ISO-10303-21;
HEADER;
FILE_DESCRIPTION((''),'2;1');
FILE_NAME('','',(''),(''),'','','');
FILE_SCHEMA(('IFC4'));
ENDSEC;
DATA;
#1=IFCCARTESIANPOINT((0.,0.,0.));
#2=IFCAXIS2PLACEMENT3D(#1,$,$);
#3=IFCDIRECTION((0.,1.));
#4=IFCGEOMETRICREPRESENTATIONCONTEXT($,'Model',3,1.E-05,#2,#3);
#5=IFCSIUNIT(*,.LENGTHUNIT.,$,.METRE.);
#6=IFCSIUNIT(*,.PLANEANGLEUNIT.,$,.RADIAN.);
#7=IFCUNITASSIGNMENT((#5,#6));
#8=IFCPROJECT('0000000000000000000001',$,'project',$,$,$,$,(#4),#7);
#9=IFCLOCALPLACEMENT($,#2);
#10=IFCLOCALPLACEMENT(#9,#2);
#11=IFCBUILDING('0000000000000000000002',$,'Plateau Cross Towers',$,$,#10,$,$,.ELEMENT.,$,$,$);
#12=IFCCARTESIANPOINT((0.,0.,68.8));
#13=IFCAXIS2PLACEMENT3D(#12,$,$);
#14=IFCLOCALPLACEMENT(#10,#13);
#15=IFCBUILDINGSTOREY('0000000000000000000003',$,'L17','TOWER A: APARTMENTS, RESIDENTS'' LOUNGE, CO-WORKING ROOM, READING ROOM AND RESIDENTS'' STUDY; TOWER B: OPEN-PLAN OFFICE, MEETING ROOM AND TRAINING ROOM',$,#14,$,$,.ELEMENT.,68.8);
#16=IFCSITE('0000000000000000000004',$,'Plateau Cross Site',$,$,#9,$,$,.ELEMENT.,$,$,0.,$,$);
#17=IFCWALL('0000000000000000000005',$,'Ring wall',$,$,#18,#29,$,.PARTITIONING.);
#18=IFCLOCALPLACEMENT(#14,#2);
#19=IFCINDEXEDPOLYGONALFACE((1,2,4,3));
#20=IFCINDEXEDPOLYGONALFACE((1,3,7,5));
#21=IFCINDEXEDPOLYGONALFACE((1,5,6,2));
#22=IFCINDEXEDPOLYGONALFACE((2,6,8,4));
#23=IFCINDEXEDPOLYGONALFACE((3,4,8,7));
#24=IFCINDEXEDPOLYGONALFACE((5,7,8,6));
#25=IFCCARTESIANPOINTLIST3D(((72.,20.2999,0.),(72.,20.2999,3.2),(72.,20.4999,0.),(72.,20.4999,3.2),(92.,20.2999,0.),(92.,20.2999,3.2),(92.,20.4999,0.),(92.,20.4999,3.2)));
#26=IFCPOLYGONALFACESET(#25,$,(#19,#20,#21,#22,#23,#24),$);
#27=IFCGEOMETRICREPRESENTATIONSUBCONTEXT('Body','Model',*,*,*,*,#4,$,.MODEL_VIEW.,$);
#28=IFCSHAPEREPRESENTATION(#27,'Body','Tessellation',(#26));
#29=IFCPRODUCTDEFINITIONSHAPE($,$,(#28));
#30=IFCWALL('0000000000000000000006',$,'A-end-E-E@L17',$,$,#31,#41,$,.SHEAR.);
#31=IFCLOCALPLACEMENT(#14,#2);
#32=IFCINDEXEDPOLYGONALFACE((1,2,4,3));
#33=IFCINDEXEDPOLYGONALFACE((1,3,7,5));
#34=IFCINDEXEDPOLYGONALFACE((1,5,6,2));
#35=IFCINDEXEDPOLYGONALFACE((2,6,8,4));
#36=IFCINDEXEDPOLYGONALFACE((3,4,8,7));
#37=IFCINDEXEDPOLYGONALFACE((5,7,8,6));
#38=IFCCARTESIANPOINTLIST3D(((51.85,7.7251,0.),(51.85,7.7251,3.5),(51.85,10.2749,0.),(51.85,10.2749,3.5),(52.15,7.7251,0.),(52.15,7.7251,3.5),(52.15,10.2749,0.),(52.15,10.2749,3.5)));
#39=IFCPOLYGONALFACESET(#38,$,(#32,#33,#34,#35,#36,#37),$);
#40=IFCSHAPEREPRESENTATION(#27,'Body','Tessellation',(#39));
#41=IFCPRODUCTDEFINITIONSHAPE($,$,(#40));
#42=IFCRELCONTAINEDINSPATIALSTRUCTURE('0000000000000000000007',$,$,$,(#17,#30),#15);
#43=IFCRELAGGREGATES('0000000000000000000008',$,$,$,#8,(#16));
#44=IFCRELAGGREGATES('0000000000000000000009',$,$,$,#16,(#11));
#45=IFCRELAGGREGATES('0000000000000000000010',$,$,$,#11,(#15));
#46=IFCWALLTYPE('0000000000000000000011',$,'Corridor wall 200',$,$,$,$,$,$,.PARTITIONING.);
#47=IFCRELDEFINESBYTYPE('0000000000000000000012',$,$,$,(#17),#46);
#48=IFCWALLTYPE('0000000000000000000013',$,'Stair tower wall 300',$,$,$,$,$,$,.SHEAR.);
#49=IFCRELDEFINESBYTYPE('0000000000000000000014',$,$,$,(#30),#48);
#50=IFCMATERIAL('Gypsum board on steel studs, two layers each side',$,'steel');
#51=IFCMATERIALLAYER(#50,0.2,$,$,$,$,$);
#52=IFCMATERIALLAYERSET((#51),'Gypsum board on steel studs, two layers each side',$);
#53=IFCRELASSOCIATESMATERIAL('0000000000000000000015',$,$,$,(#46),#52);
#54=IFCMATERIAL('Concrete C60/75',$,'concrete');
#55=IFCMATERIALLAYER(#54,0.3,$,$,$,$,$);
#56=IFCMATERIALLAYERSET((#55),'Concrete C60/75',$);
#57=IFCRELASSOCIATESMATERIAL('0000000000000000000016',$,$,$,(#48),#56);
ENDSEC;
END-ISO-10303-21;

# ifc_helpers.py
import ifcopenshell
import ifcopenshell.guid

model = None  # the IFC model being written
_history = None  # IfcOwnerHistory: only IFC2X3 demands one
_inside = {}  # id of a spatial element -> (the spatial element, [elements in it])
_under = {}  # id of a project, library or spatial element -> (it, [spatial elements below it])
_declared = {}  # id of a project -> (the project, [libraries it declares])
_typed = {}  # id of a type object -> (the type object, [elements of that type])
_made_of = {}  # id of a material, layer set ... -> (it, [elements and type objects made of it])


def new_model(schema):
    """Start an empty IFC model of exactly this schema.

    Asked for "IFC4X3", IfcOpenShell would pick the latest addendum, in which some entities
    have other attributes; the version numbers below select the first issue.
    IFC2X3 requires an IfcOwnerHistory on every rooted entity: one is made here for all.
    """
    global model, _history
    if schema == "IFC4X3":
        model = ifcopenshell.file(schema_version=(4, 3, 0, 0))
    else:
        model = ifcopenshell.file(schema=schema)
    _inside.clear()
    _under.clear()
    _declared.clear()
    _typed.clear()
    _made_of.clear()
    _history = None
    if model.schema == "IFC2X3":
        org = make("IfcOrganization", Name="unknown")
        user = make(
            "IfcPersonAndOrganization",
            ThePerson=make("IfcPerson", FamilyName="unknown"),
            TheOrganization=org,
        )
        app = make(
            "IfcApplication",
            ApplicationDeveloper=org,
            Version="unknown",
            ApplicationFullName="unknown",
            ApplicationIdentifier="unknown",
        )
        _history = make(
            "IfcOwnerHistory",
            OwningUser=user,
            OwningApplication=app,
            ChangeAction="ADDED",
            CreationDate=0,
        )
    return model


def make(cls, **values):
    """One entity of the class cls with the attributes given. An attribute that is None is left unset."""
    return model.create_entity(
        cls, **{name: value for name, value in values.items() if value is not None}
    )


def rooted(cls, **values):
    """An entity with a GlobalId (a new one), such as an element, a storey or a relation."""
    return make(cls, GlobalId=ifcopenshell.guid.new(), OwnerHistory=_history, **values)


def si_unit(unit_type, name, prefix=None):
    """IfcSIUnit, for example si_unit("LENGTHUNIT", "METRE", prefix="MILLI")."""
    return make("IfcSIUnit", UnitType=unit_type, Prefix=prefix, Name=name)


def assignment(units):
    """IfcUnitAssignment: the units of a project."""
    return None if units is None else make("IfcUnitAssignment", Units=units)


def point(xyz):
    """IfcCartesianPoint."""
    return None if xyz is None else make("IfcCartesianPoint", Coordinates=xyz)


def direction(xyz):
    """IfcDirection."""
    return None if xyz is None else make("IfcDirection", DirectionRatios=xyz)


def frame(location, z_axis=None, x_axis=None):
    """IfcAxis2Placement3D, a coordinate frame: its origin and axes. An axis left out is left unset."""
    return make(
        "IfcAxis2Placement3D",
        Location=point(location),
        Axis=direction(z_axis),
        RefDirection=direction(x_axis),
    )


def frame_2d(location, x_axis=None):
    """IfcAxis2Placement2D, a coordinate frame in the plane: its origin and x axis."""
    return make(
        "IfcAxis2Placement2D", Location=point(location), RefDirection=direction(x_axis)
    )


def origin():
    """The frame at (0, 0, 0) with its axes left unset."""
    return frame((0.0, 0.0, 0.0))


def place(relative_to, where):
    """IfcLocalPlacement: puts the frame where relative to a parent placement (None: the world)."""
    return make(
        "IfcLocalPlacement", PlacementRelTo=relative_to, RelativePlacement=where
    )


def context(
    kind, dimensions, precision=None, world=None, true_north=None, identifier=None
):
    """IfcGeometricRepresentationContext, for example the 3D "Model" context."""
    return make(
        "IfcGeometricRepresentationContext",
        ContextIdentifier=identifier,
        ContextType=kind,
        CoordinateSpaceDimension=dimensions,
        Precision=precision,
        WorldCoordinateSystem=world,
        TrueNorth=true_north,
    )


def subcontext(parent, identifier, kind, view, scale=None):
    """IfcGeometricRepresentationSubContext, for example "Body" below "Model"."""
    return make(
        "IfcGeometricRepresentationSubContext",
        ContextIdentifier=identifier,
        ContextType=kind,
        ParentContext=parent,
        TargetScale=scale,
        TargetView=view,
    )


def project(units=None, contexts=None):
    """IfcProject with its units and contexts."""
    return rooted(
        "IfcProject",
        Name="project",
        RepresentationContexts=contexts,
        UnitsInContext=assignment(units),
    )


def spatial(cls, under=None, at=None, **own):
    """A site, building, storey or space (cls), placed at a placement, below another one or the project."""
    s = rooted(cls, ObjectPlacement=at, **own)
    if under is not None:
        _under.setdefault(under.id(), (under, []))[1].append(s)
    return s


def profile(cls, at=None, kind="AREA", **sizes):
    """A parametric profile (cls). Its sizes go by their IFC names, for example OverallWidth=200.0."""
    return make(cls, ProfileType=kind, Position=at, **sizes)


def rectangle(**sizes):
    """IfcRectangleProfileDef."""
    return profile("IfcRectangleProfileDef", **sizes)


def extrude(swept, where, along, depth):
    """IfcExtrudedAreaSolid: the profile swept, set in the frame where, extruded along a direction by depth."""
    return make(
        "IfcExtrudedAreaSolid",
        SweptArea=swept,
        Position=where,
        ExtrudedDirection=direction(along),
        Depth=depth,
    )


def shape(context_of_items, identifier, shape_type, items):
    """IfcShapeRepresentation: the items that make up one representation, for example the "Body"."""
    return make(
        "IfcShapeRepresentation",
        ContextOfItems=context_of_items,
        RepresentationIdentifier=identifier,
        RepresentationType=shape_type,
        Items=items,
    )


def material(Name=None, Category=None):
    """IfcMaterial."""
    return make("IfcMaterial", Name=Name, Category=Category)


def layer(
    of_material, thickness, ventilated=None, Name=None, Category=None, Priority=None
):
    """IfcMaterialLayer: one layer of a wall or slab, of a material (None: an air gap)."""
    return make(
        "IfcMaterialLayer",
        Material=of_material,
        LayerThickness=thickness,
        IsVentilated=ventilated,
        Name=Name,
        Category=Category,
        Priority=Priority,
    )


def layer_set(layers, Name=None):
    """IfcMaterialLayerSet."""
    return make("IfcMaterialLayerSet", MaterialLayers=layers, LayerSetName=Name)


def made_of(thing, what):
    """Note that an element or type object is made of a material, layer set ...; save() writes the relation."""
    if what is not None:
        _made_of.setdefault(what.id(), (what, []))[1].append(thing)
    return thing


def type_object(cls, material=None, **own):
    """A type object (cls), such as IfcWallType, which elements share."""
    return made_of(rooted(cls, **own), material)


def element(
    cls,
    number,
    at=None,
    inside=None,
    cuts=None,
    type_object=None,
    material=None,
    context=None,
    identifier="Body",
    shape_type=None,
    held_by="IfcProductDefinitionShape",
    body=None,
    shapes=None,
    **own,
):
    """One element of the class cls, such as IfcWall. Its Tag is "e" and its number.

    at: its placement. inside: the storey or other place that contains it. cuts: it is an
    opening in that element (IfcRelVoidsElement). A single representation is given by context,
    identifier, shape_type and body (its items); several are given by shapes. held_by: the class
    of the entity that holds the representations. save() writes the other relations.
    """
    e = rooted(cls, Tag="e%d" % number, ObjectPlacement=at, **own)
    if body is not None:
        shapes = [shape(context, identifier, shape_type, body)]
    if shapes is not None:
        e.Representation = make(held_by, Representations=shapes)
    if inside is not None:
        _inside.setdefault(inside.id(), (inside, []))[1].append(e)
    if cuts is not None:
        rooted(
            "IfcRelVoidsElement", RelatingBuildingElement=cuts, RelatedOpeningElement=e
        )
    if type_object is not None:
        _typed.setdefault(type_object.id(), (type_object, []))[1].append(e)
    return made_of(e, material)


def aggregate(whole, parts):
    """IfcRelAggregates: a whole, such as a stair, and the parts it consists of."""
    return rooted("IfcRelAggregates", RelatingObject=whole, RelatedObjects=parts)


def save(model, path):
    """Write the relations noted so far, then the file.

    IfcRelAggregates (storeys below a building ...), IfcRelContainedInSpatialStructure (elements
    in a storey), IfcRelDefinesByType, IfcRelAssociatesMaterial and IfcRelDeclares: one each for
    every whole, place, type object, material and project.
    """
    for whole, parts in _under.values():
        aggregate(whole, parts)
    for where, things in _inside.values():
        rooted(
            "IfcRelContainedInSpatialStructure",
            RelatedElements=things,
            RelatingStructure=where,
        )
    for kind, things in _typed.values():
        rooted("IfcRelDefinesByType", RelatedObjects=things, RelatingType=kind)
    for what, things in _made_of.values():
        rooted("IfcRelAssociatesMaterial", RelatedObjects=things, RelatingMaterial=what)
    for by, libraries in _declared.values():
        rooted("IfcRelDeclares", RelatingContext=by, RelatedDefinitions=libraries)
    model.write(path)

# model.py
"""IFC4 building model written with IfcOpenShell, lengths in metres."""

from ifc_helpers import new_model, si_unit, direction, frame, frame_2d, origin, place, context, subcontext, project, spatial, rectangle, extrude, material, layer, layer_set, type_object, element, save


model = new_model("IFC4")

# Units and contexts
model_context = context("Model", 3, precision=1e-05, world=origin(), true_north=direction((0.0, 1.0)))
body_context = subcontext(model_context, "Body", "Model", "MODEL_VIEW")
ifc_project = project(units=[si_unit("LENGTHUNIT", "METRE"), si_unit("PLANEANGLEUNIT", "RADIAN")], contexts=[model_context])

# Site, building, storey
site_placement = place(None, origin())
site = spatial("IfcSite", under=ifc_project, at=site_placement, Name="Plateau Cross Site", CompositionType="ELEMENT", RefElevation=0.0)
building_placement = place(site_placement, origin())
building = spatial("IfcBuilding", under=site, at=building_placement, Name="Plateau Cross Towers", CompositionType="ELEMENT")
storey_placement = place(building_placement, frame((0.0, 0.0, 68.8)))
storey = spatial("IfcBuildingStorey", under=building, at=storey_placement, Name="L17", Description="TOWER A: APARTMENTS, RESIDENTS' LOUNGE, CO-WORKING ROOM, READING ROOM AND RESIDENTS' STUDY; TOWER B: OPEN-PLAN OFFICE, MEETING ROOM AND TRAINING ROOM", CompositionType="ELEMENT", Elevation=68.8)

# Shared definitions
ifc_material_1 = material(Name="Concrete C60/75", Category="concrete")

# Walls
ifc_material_2 = material(Name="Gypsum board on steel studs, two layers each side", Category="steel")
ifc_layer_1 = layer(ifc_material_2, 0.2)
ifc_layer_set_1 = layer_set([ifc_layer_1], Name="Gypsum board on steel studs, two layers each side")
wall_type_1 = type_object("IfcWallType", Name="Corridor wall 200", PredefinedType="PARTITIONING", material=ifc_layer_set_1)
wall_1_placement = place(storey_placement, frame((72.0, 20.3999, 0.0), z_axis=(0.0, 0.0, 1.0), x_axis=(1.0, 0.0, 0.0)))
element("IfcWall", 1, at=wall_1_placement, inside=storey, type_object=wall_type_1, Name="Ring wall", PredefinedType="PARTITIONING", context=body_context, shape_type="SweptSolid", body=[
    extrude(rectangle(XDim=20.0, YDim=0.2, at=frame_2d((10.0, 0.0))), origin(), (0.0, 0.0, 1.0), 3.2),
])
ifc_layer_2 = layer(ifc_material_1, 0.3)
ifc_layer_set_2 = layer_set([ifc_layer_2], Name="Concrete C60/75")
wall_type_2 = type_object("IfcWallType", Name="Stair tower wall 300", PredefinedType="SHEAR", material=ifc_layer_set_2)
wall_2_placement = place(storey_placement, frame((52.0, 7.7251, 0.0), z_axis=(0.0, 0.0, 1.0), x_axis=(0.0, 1.0, 0.0)))
element("IfcWall", 2, at=wall_2_placement, inside=storey, type_object=wall_type_2, Name="A-end-E-E@L17", PredefinedType="SHEAR", context=body_context, shape_type="SweptSolid", body=[
    extrude(rectangle(XDim=2.5498, YDim=0.3, at=frame_2d((1.2749, 0.0))), origin(), (0.0, 0.0, 1.0), 3.5),
])

save(model, "model.ifc")
